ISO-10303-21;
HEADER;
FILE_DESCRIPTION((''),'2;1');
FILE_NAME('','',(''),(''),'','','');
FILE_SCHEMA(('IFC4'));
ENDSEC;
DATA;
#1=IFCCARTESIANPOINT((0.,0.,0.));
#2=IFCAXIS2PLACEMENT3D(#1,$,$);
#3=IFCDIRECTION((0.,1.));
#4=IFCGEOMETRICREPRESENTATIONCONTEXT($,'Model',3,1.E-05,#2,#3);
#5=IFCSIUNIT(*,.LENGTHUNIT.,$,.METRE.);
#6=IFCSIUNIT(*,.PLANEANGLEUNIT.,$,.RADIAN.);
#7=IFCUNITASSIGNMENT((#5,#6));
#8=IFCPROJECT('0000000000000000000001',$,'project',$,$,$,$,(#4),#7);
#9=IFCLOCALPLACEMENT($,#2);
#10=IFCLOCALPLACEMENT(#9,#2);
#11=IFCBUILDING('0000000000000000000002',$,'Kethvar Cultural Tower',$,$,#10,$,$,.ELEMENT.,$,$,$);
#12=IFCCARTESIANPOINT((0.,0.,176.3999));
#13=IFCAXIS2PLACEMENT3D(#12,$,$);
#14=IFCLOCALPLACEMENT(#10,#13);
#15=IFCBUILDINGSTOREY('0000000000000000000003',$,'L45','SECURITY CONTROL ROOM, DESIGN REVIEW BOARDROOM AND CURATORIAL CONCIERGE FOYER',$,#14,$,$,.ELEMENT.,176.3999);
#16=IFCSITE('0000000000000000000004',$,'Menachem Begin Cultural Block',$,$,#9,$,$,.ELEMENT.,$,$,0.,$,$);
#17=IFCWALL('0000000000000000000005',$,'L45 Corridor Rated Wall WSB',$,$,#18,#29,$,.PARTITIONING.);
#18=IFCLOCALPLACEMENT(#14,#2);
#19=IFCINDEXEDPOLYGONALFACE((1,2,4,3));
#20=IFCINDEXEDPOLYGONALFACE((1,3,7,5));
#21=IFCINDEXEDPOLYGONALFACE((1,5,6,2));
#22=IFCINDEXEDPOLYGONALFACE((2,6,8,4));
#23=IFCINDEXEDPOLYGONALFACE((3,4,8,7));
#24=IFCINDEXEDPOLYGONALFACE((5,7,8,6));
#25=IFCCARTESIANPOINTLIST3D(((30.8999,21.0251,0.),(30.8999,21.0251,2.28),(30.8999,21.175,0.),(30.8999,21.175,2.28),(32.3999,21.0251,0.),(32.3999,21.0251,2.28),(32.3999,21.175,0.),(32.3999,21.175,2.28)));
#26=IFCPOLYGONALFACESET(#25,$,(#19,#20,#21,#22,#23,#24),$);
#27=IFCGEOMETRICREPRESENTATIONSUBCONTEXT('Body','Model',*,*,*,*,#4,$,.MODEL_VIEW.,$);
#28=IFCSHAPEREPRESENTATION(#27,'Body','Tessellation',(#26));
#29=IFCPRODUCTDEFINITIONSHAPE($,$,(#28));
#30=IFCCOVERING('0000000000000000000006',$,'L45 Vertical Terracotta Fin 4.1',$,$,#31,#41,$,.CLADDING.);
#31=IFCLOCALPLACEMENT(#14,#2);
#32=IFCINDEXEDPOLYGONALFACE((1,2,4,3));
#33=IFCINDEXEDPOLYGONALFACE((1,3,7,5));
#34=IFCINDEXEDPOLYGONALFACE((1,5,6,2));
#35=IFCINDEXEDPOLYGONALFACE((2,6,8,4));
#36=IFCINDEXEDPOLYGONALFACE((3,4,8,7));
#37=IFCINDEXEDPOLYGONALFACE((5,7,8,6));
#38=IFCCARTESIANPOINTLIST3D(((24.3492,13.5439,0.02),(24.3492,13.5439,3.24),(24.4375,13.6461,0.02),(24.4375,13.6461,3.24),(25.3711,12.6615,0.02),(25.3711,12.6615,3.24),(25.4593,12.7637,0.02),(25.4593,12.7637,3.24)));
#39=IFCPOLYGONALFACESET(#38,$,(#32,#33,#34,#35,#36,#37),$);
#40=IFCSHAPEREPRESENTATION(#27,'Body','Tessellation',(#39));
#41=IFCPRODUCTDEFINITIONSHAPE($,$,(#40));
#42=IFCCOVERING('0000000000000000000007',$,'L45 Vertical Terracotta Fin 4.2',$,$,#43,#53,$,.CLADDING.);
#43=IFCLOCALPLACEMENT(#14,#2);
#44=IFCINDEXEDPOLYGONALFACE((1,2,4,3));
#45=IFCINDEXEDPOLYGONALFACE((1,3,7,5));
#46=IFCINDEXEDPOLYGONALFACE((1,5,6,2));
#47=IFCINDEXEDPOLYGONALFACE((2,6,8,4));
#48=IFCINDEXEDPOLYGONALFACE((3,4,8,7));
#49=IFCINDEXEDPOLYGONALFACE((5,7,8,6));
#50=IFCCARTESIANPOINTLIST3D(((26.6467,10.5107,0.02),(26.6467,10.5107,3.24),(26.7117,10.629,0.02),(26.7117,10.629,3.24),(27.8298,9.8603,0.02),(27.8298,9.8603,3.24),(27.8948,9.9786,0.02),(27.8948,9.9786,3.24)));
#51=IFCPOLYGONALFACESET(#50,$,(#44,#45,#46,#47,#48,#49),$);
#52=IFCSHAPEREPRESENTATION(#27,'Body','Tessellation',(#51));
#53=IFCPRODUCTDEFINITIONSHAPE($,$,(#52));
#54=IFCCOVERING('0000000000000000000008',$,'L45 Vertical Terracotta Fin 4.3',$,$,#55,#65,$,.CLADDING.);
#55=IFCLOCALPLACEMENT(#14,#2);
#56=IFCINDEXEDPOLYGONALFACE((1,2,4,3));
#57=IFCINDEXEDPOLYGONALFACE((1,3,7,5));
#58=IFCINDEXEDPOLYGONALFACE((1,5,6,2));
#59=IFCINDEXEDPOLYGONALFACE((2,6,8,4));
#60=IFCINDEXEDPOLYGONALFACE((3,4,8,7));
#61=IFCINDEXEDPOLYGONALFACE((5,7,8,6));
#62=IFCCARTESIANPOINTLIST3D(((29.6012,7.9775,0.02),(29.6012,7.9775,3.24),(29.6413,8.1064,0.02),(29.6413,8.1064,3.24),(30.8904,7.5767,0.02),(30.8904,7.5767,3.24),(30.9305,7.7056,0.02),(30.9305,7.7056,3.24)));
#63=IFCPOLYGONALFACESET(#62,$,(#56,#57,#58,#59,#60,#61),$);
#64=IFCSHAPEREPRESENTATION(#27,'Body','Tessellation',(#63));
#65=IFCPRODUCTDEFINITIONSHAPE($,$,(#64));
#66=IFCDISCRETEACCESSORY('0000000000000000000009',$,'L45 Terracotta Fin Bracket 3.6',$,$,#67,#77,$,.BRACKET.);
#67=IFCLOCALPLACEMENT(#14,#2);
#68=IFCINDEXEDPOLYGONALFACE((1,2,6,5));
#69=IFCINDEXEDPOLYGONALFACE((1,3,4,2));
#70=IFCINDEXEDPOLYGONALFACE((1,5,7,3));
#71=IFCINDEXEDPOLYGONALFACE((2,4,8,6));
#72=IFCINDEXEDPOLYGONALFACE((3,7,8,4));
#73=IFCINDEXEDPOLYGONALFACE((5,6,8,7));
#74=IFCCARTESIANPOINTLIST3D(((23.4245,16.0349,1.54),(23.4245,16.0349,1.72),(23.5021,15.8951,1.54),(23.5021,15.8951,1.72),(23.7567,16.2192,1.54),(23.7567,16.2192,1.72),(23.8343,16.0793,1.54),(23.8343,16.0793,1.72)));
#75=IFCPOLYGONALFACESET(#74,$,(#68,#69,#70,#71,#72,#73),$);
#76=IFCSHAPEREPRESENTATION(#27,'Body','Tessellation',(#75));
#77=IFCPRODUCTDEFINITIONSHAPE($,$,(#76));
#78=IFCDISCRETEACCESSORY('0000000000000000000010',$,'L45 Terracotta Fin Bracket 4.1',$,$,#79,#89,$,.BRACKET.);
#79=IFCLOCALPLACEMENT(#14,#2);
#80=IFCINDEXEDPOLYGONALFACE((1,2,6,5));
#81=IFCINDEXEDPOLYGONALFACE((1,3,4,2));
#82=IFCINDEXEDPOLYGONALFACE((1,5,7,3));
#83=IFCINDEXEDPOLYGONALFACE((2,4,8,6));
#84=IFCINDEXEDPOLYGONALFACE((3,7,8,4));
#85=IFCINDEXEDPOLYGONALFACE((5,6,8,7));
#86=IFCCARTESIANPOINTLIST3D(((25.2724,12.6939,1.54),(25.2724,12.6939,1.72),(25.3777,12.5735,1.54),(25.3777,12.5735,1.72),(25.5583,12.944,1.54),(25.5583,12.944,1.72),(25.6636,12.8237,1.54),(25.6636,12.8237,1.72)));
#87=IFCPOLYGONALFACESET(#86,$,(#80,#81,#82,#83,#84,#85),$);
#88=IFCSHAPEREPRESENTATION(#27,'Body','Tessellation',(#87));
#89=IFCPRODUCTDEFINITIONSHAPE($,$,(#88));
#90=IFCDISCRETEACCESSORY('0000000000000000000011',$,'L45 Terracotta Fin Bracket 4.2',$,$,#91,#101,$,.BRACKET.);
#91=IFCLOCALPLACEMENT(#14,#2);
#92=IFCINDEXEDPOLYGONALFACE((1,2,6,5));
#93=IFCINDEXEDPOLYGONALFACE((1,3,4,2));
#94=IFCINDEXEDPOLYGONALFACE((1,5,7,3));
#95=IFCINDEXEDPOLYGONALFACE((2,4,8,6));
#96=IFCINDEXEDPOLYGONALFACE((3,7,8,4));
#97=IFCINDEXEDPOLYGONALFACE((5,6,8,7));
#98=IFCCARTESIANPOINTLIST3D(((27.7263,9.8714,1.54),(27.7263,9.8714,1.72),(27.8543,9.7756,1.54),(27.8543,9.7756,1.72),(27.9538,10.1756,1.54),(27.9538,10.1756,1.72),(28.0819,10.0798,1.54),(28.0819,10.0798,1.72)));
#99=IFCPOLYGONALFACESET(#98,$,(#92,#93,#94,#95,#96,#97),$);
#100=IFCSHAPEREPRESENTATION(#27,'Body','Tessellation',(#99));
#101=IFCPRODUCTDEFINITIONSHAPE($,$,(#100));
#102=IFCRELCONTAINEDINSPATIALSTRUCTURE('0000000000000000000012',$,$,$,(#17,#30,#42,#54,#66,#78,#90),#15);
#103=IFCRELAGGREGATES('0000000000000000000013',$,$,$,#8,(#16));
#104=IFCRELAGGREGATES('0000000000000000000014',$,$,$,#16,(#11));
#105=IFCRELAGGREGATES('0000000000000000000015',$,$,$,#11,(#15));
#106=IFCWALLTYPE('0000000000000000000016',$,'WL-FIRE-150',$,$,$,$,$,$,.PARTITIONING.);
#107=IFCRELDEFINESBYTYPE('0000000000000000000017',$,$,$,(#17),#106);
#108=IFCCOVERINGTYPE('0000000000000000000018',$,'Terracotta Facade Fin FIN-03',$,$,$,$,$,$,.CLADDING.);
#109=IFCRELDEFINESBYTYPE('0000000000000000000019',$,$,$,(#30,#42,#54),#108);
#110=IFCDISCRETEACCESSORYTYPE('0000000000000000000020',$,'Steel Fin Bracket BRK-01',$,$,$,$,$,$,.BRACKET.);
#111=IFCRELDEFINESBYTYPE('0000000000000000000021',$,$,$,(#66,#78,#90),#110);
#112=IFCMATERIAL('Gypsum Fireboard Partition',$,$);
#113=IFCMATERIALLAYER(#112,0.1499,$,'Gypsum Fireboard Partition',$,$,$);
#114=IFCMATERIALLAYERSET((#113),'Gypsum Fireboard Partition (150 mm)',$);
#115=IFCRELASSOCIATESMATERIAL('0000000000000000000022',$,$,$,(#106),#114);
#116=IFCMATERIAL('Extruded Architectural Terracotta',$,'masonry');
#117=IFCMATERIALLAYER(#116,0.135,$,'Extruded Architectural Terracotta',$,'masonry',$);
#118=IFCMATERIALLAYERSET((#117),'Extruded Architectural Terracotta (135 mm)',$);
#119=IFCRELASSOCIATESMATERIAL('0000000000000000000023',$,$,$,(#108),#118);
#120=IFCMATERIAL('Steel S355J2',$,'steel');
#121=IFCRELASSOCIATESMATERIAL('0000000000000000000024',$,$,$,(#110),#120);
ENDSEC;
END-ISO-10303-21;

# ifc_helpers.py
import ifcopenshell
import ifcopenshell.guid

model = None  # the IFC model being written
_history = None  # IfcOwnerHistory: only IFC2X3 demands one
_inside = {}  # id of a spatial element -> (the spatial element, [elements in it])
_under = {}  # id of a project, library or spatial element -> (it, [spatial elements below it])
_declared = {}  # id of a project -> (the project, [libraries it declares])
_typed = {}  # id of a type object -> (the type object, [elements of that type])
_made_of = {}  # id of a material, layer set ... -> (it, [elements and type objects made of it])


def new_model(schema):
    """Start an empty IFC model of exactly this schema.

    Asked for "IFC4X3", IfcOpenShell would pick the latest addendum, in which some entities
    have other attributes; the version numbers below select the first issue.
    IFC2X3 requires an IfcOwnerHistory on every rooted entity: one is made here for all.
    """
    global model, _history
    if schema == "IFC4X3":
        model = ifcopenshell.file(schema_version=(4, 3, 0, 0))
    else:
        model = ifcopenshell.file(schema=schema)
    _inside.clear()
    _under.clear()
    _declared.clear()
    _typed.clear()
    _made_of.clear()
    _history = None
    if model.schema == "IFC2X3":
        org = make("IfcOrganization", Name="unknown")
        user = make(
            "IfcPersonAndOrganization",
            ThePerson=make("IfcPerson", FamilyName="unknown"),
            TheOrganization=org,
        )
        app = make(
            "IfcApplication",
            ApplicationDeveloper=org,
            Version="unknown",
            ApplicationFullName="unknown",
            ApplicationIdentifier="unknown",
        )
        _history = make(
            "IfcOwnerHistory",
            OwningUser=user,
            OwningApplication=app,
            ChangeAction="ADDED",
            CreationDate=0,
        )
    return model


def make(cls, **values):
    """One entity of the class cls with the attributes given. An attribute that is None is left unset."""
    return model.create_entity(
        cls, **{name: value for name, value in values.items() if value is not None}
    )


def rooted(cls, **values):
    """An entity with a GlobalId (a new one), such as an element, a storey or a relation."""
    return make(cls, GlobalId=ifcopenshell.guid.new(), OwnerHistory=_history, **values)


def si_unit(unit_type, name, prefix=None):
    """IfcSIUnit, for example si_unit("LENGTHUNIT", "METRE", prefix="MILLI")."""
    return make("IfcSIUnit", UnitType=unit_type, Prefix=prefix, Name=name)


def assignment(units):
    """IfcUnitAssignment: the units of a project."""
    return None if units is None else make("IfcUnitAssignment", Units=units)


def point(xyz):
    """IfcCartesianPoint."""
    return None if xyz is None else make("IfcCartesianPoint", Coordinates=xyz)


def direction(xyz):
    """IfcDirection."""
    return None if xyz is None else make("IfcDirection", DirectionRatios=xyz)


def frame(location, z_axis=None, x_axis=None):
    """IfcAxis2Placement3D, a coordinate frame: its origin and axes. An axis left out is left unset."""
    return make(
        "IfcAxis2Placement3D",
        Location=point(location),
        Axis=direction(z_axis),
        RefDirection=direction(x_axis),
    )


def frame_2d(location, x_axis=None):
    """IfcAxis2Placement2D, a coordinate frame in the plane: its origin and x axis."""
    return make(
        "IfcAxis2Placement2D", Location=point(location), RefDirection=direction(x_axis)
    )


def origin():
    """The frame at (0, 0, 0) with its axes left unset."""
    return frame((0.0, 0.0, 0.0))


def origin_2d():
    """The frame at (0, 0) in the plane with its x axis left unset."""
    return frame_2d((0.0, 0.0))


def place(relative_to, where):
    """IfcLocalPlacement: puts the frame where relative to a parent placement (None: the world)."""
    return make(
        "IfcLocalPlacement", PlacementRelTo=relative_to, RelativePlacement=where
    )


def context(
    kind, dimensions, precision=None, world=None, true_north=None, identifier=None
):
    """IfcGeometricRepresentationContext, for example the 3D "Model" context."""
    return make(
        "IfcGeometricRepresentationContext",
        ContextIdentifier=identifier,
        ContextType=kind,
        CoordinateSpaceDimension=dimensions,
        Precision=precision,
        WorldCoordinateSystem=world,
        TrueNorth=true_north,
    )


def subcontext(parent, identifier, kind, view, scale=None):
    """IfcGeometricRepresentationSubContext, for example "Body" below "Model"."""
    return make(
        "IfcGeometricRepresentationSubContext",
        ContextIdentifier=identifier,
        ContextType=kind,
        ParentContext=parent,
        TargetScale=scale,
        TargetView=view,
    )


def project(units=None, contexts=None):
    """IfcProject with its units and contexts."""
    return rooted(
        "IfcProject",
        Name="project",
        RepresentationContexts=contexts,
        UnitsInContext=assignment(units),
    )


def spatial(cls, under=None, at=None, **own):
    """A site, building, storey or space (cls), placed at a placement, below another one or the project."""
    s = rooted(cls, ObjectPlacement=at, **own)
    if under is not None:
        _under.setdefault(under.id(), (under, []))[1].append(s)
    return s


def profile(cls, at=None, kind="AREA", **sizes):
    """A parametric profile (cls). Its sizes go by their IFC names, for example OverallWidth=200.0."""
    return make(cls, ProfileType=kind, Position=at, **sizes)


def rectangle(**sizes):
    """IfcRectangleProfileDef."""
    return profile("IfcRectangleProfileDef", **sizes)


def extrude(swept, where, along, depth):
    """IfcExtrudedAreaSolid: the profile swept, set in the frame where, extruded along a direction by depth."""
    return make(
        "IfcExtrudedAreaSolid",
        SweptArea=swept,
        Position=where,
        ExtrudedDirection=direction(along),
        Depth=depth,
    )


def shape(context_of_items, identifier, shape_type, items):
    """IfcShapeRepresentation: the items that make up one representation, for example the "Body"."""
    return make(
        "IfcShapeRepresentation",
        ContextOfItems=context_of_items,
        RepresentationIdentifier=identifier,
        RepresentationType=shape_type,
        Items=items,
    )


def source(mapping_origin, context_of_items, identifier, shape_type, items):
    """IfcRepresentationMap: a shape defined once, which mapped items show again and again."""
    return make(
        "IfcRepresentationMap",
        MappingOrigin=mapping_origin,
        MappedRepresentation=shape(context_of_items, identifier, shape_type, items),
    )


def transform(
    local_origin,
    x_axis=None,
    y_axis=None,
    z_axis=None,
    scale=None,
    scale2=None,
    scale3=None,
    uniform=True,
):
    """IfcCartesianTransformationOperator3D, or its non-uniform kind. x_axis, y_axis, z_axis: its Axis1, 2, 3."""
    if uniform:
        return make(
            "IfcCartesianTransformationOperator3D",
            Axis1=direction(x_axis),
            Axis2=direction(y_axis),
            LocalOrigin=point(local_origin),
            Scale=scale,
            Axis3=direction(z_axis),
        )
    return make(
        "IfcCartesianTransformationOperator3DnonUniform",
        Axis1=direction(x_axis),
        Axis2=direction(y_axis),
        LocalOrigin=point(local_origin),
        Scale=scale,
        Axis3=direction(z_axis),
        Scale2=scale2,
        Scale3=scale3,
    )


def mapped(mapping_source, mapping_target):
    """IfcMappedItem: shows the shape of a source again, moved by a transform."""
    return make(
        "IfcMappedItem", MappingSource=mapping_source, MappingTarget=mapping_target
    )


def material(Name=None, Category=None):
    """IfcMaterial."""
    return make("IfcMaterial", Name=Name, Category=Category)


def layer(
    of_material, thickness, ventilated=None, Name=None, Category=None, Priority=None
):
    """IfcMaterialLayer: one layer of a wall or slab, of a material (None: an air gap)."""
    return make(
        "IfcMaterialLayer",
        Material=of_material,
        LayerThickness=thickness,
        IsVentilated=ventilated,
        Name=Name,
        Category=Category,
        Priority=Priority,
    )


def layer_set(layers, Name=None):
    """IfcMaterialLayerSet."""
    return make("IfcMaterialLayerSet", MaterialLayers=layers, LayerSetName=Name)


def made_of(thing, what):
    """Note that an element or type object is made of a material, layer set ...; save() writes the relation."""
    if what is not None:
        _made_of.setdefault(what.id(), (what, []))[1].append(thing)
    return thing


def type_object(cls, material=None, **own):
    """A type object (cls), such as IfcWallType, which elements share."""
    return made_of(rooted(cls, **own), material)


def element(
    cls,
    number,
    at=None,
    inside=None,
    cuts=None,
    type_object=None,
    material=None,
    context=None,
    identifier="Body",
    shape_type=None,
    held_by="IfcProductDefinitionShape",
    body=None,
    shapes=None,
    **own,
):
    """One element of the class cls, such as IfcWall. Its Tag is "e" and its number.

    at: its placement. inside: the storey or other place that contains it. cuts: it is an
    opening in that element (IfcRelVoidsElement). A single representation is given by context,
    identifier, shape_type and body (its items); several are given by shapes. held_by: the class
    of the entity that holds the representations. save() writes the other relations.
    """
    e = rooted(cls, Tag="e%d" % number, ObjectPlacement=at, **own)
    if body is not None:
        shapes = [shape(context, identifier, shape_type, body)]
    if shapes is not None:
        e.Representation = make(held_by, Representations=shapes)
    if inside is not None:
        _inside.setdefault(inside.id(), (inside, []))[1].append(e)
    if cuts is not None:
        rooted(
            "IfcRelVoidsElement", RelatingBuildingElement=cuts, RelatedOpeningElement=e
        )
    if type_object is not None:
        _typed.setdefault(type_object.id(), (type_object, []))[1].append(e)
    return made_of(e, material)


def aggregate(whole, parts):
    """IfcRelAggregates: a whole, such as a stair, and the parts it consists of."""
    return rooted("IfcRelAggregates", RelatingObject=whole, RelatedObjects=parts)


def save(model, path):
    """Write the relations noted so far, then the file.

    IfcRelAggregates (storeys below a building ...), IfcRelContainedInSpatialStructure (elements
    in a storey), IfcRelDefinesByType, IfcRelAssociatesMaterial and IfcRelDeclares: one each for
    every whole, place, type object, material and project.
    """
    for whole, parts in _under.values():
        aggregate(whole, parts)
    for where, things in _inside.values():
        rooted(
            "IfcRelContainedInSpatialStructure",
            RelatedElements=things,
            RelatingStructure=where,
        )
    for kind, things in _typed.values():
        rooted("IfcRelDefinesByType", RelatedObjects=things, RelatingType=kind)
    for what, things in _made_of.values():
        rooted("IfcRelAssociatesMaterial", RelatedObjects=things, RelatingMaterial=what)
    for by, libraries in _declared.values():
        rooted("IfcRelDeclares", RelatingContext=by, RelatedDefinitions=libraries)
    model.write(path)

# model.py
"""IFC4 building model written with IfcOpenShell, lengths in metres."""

from ifc_helpers import new_model, si_unit, direction, frame, frame_2d, origin, origin_2d, place, context, subcontext, project, spatial, rectangle, extrude, source, transform, mapped, material, layer, layer_set, type_object, element, save


model = new_model("IFC4")

# Units and contexts
model_context = context("Model", 3, precision=1e-05, world=origin(), true_north=direction((0.0, 1.0)))
body_context = subcontext(model_context, "Body", "Model", "MODEL_VIEW")
ifc_project = project(units=[si_unit("LENGTHUNIT", "METRE"), si_unit("PLANEANGLEUNIT", "RADIAN")], contexts=[model_context])

# Site, building, storey
site_placement = place(None, origin())
site = spatial("IfcSite", under=ifc_project, at=site_placement, Name="Menachem Begin Cultural Block", CompositionType="ELEMENT", RefElevation=0.0)
building_placement = place(site_placement, origin())
building = spatial("IfcBuilding", under=site, at=building_placement, Name="Kethvar Cultural Tower", CompositionType="ELEMENT")
storey_placement = place(building_placement, frame((0.0, 0.0, 176.3999)))
storey = spatial("IfcBuildingStorey", under=building, at=storey_placement, Name="L45", Description="SECURITY CONTROL ROOM, DESIGN REVIEW BOARDROOM AND CURATORIAL CONCIERGE FOYER", CompositionType="ELEMENT", Elevation=176.3999)

# Shared definitions
ifc_material_1 = material(Name="Steel S355J2", Category="steel")

# Wall
ifc_material_2 = material(Name="Gypsum Fireboard Partition")
ifc_layer_1 = layer(ifc_material_2, 0.1499, Name="Gypsum Fireboard Partition")
ifc_layer_set_1 = layer_set([ifc_layer_1], Name="Gypsum Fireboard Partition (150 mm)")
wall_type = type_object("IfcWallType", Name="WL-FIRE-150", PredefinedType="PARTITIONING", material=ifc_layer_set_1)
wall_1_placement = place(storey_placement, frame((30.8999, 21.1001, 0.0), z_axis=(0.0, 0.0, 1.0), x_axis=(1.0, 0.0, 0.0)))
element("IfcWall", 1, at=wall_1_placement, inside=storey, type_object=wall_type, Name="L45 Corridor Rated Wall WSB", PredefinedType="PARTITIONING", context=body_context, shape_type="SweptSolid", body=[
    extrude(rectangle(XDim=1.5, YDim=0.1499, at=frame_2d((0.75, 0.0))), origin(), (0.0, 0.0, 1.0), 2.28),
])

# Coverings
ifc_material_3 = material(Name="Extruded Architectural Terracotta", Category="masonry")
ifc_layer_2 = layer(ifc_material_3, 0.135, Name="Extruded Architectural Terracotta", Category="masonry")
ifc_layer_set_2 = layer_set([ifc_layer_2], Name="Extruded Architectural Terracotta (135 mm)")
covering_type = type_object("IfcCoveringType", Name="Terracotta Facade Fin FIN-03", PredefinedType="CLADDING", material=ifc_layer_set_2)
shared_shape_1 = source(origin(), body_context, "Body", "SweptSolid", [
    extrude(rectangle(XDim=1.3501, YDim=0.135, at=origin_2d()), origin(), (0.0, 0.0, 1.0), 3.22),
])
for number, where, z_axis, x_axis, name in (
    (2, (24.9043, 13.1538, 0.02), (0.0, 0.0, 1.0), (-0.756881, 0.653553, 0.0), "L45 Vertical Terracotta Fin 4.1"),
    (3, (27.2708, 10.2446, 0.02), (0.0, 0.0, 1.0), (-0.876307, 0.481754, 0.0), "L45 Vertical Terracotta Fin 4.2"),
    (4, (30.2659, 7.8416, 0.02), (0.0, 0.0, 1.0), (-0.954916, 0.296875, 0.0), "L45 Vertical Terracotta Fin 4.3"),
):
    element("IfcCovering", number, at=place(storey_placement, frame(where, z_axis=z_axis, x_axis=x_axis)), inside=storey, type_object=covering_type, Name=name, PredefinedType="CLADDING", context=body_context, shape_type="MappedRepresentation", body=[
        mapped(shared_shape_1, transform((0.0, 0.0, 0.0), scale=1.0)),
    ])

# Discrete accessories
discrete_accessory_type = type_object("IfcDiscreteAccessoryType", Name="Steel Fin Bracket BRK-01", PredefinedType="BRACKET", material=ifc_material_1)
shared_shape_2 = source(origin(), body_context, "Body", "SweptSolid", [
    extrude(rectangle(XDim=0.3799, YDim=0.1599, at=origin_2d()), origin(), (0.0, 0.0, 1.0), 0.1799),
])
for number, where, z_axis, x_axis, name in (
    (5, (23.6294, 16.0571, 1.54), (0.0, 0.0, 1.0), (-0.874535, -0.484962, 0.0), "L45 Terracotta Fin Bracket 3.6"),
    (6, (25.468, 12.7588, 1.54), (0.0, 0.0, 1.0), (-0.75253, -0.658558, 0.0), "L45 Terracotta Fin Bracket 4.1"),
    (7, (27.9041, 9.9756, 1.54), (0.0, 0.0, 1.0), (-0.599024, -0.800731, 0.0), "L45 Terracotta Fin Bracket 4.2"),
):
    element("IfcDiscreteAccessory", number, at=place(storey_placement, frame(where, z_axis=z_axis, x_axis=x_axis)), inside=storey, type_object=discrete_accessory_type, Name=name, PredefinedType="BRACKET", context=body_context, shape_type="MappedRepresentation", body=[
        mapped(shared_shape_2, transform((0.0, 0.0, 0.0), scale=1.0)),
    ])

save(model, "model.ifc")
